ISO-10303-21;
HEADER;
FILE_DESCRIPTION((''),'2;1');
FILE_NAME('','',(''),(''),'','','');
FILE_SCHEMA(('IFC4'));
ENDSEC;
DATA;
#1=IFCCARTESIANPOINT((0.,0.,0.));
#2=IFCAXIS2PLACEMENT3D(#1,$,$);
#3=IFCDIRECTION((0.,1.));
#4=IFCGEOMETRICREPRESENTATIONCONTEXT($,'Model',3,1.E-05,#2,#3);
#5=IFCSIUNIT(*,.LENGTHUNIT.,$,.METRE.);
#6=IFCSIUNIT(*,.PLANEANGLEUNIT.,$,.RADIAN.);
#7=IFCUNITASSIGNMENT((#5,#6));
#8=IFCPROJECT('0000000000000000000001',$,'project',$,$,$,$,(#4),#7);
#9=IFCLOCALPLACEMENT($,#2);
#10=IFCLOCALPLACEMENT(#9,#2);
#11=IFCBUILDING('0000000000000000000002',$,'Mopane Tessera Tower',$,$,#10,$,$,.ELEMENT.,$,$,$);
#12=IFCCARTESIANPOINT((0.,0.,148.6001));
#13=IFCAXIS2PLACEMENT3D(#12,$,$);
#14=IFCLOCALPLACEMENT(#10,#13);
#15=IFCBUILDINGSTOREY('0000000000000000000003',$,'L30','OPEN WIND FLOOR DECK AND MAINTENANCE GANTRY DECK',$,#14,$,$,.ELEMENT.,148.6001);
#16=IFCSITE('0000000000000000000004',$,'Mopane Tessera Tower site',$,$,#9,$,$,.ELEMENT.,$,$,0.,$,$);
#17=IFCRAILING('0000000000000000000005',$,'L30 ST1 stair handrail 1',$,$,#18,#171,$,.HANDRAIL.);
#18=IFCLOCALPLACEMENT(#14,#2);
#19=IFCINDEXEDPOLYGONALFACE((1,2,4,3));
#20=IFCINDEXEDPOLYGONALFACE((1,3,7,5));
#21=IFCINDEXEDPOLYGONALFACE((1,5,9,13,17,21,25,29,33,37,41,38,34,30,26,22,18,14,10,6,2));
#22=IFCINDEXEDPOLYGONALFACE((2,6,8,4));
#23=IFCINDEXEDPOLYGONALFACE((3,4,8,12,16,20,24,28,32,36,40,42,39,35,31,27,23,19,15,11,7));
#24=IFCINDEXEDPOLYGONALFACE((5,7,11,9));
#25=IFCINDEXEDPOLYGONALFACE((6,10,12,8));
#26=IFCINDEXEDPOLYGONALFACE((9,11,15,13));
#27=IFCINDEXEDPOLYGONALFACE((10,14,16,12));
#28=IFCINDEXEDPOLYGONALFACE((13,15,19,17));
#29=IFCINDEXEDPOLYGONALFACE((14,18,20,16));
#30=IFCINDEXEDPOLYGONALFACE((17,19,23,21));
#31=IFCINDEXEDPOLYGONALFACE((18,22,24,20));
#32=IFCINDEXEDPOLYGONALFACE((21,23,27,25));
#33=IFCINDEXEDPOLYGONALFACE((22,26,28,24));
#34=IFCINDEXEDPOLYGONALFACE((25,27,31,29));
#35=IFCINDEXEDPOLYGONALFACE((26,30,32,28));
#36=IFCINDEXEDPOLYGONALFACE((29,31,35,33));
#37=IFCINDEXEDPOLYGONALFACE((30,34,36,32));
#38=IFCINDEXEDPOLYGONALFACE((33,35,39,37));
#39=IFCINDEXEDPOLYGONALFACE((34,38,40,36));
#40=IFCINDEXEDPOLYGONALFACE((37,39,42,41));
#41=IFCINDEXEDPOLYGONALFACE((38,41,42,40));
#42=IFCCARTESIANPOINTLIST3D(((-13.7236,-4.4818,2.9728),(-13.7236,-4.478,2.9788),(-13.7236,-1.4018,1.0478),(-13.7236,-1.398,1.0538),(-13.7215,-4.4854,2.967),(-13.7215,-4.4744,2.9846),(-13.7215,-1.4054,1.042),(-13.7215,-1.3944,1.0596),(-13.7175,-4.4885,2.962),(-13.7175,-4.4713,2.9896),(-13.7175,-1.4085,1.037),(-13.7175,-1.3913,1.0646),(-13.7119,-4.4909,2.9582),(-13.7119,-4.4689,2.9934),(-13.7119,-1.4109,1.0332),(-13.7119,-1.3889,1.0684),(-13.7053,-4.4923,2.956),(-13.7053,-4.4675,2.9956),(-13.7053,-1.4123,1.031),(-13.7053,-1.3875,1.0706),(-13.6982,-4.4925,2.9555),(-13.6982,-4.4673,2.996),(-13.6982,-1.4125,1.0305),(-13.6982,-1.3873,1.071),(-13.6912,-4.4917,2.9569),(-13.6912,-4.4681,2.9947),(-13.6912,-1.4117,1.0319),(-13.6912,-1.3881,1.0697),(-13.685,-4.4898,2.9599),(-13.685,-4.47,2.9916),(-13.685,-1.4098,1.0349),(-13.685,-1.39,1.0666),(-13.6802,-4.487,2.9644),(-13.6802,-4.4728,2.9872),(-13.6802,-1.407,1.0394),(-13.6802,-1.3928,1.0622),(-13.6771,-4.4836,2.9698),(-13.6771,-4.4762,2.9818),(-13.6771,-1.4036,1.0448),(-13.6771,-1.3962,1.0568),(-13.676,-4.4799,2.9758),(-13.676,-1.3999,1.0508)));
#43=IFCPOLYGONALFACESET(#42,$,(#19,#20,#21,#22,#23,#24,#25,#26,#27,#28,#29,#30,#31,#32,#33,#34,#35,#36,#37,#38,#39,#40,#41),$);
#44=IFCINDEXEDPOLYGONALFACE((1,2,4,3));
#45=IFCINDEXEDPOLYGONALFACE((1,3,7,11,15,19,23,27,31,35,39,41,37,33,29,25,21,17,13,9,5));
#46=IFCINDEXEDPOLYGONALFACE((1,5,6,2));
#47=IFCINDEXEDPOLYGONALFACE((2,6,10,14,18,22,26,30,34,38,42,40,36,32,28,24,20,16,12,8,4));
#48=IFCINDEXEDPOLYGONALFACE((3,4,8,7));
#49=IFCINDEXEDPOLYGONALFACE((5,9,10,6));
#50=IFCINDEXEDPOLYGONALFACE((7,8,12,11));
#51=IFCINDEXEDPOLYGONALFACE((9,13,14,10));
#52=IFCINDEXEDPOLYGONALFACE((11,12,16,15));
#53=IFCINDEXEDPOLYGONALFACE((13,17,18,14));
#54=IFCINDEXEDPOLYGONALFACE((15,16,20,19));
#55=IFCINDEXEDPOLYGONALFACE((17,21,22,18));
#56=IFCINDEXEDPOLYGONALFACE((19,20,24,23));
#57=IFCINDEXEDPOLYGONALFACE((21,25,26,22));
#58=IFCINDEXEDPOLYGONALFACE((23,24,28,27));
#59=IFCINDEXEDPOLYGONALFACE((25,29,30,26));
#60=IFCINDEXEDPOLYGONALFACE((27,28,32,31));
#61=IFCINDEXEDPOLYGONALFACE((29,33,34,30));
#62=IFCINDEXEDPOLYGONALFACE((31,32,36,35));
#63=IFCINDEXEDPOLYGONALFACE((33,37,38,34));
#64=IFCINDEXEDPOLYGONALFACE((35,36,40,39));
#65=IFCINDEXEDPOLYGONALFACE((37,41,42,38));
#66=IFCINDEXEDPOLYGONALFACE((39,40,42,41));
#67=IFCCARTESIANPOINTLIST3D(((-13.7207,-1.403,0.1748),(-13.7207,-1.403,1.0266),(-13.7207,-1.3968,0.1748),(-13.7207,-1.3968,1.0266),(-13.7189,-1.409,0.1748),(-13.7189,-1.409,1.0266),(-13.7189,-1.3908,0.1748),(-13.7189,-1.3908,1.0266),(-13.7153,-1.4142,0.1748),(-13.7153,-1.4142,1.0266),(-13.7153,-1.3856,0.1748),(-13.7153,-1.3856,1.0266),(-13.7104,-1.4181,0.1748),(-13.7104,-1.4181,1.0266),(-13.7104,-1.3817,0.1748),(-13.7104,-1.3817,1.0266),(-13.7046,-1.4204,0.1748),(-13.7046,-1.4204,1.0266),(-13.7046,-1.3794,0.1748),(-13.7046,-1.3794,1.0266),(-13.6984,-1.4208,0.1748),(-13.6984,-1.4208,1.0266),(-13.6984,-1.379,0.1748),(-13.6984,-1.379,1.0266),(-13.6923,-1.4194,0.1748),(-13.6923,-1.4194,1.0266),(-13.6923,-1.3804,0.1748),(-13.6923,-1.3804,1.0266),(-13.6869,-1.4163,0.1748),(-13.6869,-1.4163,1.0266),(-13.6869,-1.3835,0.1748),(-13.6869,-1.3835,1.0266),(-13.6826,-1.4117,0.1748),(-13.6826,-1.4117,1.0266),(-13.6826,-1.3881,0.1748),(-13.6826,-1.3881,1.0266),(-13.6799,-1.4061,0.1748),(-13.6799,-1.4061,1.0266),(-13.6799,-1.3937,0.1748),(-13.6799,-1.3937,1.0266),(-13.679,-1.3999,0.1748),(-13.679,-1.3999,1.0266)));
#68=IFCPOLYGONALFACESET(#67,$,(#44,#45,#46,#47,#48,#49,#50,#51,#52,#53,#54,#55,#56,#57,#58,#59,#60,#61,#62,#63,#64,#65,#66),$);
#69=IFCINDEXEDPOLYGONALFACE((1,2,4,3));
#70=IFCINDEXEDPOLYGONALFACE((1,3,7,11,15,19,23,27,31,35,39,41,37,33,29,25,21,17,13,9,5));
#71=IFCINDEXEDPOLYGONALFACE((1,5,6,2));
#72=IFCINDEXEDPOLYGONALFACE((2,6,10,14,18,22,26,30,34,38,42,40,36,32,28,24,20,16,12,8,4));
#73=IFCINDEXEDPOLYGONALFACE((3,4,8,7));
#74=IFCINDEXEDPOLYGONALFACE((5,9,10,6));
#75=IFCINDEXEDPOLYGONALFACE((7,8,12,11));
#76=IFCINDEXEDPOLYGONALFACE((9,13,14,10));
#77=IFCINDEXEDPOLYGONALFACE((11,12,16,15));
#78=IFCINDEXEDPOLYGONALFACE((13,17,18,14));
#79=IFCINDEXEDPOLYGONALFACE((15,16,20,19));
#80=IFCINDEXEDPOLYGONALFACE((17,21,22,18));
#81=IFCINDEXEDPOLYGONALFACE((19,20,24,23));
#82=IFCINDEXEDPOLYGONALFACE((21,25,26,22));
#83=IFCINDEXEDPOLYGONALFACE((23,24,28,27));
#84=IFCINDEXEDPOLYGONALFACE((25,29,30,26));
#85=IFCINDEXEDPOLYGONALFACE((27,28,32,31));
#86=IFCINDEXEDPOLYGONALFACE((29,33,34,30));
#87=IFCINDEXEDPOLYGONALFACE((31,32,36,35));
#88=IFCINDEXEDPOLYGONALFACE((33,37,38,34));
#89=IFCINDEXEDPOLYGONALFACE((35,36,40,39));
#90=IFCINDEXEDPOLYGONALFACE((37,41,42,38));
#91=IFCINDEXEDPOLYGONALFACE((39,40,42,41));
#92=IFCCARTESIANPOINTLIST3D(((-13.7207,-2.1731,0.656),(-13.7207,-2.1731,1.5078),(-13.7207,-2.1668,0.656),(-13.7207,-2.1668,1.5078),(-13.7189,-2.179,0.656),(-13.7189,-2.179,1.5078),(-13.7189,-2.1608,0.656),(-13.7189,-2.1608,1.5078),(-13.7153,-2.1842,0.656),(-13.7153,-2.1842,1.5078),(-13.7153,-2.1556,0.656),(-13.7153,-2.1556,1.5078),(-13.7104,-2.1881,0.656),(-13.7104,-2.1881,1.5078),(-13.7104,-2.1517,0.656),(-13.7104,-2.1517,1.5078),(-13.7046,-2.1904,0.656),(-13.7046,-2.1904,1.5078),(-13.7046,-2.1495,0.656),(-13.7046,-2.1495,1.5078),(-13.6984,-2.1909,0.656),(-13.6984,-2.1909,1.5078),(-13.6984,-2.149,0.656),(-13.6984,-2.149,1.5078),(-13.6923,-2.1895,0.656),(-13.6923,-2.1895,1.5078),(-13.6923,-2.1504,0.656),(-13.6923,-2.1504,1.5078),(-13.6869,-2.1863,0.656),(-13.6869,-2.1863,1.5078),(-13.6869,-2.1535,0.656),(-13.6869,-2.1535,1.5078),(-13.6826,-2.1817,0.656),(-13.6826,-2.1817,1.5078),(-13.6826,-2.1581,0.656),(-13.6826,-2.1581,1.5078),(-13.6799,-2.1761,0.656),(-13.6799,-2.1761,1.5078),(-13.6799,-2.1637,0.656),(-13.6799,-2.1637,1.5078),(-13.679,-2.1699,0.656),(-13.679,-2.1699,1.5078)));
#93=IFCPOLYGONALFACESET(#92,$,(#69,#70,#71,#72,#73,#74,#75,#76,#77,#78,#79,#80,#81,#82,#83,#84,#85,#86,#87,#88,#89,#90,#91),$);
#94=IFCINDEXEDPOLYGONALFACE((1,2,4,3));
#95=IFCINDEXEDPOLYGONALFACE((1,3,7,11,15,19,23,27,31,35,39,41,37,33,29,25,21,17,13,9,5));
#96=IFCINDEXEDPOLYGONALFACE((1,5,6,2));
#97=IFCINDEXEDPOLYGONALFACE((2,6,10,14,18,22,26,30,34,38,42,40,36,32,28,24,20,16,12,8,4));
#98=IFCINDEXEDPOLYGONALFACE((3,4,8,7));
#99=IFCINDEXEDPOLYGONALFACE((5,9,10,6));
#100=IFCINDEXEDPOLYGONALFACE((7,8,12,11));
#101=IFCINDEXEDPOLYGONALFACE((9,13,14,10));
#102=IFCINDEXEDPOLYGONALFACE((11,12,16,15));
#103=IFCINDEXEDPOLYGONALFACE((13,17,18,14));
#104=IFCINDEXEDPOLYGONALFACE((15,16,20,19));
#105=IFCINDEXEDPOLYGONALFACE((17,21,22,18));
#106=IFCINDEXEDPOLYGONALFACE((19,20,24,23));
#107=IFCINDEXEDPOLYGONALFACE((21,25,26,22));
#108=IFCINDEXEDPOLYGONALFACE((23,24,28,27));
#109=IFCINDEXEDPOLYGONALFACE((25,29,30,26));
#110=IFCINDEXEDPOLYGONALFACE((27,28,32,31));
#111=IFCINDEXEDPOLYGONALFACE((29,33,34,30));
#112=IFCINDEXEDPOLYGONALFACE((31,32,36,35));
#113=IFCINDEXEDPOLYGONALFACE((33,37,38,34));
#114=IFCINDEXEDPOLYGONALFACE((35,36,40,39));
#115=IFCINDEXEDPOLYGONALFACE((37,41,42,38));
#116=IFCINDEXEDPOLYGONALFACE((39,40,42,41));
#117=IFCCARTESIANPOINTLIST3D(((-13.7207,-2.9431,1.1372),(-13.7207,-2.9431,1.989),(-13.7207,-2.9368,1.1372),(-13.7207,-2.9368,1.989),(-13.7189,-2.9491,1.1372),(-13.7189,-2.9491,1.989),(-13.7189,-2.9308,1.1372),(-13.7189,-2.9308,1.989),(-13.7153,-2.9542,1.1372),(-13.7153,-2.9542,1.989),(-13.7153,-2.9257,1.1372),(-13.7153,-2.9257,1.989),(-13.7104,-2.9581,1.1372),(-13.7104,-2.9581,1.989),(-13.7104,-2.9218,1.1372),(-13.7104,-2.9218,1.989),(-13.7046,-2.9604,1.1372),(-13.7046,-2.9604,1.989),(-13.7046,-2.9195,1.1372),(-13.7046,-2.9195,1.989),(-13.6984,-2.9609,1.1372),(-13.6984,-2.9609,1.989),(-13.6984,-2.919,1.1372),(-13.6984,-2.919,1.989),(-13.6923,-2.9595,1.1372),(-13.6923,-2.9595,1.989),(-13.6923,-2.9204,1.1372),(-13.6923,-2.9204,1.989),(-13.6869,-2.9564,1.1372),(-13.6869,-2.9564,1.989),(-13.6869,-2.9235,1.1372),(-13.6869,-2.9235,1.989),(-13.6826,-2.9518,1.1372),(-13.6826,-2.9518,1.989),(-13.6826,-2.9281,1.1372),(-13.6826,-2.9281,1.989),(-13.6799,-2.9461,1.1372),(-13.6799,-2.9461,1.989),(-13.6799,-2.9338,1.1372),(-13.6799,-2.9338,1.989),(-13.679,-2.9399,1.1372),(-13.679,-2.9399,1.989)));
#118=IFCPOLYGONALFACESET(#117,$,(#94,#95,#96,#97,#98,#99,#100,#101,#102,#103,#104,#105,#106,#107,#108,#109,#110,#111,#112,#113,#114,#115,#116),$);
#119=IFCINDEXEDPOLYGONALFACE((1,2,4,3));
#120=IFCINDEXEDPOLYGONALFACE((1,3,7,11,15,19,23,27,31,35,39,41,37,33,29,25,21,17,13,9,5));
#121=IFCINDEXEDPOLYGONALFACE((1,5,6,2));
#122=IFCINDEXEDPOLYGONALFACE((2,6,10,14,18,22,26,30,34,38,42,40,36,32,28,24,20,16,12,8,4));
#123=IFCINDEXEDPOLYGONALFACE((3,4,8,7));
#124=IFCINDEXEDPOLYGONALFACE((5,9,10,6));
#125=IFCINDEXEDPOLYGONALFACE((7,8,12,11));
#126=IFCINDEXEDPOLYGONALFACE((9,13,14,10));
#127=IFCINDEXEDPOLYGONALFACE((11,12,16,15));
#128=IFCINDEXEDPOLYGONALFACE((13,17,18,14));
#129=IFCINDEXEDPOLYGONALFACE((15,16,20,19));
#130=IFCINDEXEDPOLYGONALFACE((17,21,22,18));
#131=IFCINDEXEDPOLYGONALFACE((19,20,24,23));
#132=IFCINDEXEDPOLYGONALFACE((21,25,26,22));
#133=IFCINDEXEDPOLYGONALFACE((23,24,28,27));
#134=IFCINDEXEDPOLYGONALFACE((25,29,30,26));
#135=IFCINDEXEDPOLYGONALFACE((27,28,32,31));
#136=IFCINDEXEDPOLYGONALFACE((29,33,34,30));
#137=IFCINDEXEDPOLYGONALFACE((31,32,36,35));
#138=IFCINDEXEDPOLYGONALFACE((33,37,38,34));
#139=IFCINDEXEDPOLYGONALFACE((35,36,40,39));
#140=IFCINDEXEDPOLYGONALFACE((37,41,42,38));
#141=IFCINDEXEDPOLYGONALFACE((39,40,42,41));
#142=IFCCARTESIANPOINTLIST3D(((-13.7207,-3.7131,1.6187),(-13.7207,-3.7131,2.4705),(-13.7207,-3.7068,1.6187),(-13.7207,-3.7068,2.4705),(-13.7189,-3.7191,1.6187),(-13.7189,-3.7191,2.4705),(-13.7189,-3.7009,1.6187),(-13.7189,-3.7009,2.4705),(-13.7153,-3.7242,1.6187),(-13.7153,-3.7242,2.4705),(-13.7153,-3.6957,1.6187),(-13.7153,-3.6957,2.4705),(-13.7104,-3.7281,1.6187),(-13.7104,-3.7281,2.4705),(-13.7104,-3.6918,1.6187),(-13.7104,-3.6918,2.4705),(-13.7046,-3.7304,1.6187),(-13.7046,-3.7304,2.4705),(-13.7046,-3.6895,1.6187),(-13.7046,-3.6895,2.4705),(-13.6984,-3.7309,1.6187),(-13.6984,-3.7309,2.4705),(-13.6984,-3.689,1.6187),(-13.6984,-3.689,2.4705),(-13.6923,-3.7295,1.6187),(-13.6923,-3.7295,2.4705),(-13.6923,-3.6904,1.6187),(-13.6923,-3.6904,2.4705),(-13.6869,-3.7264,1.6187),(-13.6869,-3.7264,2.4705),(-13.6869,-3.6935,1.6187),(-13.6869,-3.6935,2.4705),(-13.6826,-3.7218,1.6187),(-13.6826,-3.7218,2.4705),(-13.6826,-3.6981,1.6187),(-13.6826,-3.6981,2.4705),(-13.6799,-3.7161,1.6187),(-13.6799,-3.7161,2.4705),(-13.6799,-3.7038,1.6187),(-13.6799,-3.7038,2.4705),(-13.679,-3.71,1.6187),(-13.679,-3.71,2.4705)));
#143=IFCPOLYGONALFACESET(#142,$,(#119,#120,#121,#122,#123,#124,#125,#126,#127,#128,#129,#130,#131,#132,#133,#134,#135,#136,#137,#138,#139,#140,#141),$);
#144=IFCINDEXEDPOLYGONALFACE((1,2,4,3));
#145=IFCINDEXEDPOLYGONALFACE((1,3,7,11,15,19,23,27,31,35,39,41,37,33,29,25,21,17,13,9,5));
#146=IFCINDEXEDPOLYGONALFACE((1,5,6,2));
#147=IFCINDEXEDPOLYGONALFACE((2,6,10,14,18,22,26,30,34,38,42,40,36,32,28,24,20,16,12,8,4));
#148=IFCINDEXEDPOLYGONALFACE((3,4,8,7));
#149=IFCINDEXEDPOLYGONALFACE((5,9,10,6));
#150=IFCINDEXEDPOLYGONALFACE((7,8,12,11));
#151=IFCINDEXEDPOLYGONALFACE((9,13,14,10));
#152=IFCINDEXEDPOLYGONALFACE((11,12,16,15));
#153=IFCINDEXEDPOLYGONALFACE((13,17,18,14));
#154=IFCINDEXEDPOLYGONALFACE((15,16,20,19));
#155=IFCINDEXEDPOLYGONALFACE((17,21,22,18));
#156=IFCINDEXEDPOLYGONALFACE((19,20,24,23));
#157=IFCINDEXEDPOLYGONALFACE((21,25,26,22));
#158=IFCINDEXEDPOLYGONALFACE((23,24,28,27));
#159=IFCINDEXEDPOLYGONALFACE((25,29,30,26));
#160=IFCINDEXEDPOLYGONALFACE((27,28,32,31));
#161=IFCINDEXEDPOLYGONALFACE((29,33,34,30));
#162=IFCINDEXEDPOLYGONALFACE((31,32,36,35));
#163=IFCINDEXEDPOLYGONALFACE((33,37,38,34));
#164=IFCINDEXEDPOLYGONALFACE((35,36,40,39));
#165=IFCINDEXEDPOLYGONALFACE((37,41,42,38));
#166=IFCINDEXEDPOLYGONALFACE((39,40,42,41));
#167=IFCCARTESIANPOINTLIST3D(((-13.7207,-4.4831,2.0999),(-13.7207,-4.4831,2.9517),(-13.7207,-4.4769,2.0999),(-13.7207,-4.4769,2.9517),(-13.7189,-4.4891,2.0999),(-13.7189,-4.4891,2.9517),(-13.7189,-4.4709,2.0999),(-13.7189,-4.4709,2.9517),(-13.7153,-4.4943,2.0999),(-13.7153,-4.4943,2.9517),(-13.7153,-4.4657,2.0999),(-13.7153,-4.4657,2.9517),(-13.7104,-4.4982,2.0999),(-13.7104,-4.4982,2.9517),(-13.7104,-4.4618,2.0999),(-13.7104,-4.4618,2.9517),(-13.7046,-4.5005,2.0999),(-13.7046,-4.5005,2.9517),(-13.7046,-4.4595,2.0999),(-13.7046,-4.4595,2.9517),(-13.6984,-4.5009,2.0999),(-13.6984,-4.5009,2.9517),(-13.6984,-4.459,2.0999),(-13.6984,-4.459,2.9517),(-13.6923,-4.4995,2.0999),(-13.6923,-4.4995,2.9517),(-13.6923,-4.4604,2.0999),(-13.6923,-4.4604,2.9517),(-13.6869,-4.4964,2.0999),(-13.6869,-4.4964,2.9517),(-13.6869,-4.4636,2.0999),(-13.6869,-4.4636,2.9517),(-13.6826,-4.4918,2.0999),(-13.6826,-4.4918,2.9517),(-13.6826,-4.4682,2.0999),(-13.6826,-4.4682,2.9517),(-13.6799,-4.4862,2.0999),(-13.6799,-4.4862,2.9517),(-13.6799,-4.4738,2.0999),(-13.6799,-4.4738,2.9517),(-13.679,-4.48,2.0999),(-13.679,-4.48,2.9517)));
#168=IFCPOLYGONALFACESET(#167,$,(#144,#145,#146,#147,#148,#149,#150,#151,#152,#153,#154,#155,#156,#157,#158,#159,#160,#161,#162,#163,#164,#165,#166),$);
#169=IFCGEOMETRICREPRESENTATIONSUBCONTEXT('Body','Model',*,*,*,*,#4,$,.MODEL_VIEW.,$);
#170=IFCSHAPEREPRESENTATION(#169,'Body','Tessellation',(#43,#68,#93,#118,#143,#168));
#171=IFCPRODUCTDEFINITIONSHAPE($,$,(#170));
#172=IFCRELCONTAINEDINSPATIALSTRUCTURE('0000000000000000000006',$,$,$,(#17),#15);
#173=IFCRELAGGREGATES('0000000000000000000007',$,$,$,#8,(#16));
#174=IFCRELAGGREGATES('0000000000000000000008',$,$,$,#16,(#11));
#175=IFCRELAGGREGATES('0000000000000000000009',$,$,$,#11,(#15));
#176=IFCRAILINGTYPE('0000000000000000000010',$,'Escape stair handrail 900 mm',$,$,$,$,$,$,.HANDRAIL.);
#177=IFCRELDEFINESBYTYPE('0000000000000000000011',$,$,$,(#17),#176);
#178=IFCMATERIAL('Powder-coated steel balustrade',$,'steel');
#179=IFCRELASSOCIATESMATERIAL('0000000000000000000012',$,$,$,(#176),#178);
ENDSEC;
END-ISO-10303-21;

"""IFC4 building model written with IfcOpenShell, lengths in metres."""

from ifc_helpers import new_model, si_unit, direction, frame, origin, origin_2d, place, context, subcontext, project, spatial, circle, extrude, material, type_object, element, save


model = new_model("IFC4")

# Units and contexts
model_context = context("Model", 3, precision=1e-05, world=origin(), true_north=direction((0.0, 1.0)))
body_context = subcontext(model_context, "Body", "Model", "MODEL_VIEW")
ifc_project = project(units=[si_unit("LENGTHUNIT", "METRE"), si_unit("PLANEANGLEUNIT", "RADIAN")], contexts=[model_context])

# Site, building, storey
site_placement = place(None, origin())
site = spatial("IfcSite", under=ifc_project, at=site_placement, Name="Mopane Tessera Tower site", CompositionType="ELEMENT", RefElevation=0.0)
building_placement = place(site_placement, origin())
building = spatial("IfcBuilding", under=site, at=building_placement, Name="Mopane Tessera Tower", CompositionType="ELEMENT")
storey_placement = place(building_placement, frame((0.0, 0.0, 148.6001)))
storey = spatial("IfcBuildingStorey", under=building, at=storey_placement, Name="L30", Description="OPEN WIND FLOOR DECK AND MAINTENANCE GANTRY DECK", CompositionType="ELEMENT", Elevation=148.6001)

# Railing
ifc_material_1 = material(Name="Powder-coated steel balustrade", Category="steel")
railing_type_1 = type_object("IfcRailingType", Name="Escape stair handrail 900 mm", PredefinedType="HANDRAIL", material=ifc_material_1)
railing_1_placement = place(storey_placement, frame((-13.7, -1.3999, 0.1748)))
element("IfcRailing", 1, at=railing_1_placement, inside=storey, type_object=railing_type_1, Name="L30 ST1 stair handrail 1", PredefinedType="HANDRAIL", context=body_context, shape_type="SweptSolid", body=[
    extrude(circle(Radius=0.0239, at=origin_2d()), frame((0.0, 0.0, 0.876), z_axis=(0.0, -0.847998, 0.529999), x_axis=(1.0, 0.0, 0.0)), (0.0, 0.0, 1.0), 3.6321),
    extrude(circle(Radius=0.021, at=origin_2d()), origin(), (0.0, 0.0, 1.0), 0.8518),
    extrude(circle(Radius=0.021, at=origin_2d()), frame((0.0, -0.77, 0.4812)), (0.0, 0.0, 1.0), 0.8518),
    extrude(circle(Radius=0.021, at=origin_2d()), frame((0.0, -1.54, 0.9624)), (0.0, 0.0, 1.0), 0.8518),
    extrude(circle(Radius=0.021, at=origin_2d()), frame((0.0, -2.3101, 1.4438)), (0.0, 0.0, 1.0), 0.8518),
    extrude(circle(Radius=0.021, at=origin_2d()), frame((0.0, -3.0801, 1.925)), (0.0, 0.0, 1.0), 0.8518),
])

save(model, "model.ifc")
